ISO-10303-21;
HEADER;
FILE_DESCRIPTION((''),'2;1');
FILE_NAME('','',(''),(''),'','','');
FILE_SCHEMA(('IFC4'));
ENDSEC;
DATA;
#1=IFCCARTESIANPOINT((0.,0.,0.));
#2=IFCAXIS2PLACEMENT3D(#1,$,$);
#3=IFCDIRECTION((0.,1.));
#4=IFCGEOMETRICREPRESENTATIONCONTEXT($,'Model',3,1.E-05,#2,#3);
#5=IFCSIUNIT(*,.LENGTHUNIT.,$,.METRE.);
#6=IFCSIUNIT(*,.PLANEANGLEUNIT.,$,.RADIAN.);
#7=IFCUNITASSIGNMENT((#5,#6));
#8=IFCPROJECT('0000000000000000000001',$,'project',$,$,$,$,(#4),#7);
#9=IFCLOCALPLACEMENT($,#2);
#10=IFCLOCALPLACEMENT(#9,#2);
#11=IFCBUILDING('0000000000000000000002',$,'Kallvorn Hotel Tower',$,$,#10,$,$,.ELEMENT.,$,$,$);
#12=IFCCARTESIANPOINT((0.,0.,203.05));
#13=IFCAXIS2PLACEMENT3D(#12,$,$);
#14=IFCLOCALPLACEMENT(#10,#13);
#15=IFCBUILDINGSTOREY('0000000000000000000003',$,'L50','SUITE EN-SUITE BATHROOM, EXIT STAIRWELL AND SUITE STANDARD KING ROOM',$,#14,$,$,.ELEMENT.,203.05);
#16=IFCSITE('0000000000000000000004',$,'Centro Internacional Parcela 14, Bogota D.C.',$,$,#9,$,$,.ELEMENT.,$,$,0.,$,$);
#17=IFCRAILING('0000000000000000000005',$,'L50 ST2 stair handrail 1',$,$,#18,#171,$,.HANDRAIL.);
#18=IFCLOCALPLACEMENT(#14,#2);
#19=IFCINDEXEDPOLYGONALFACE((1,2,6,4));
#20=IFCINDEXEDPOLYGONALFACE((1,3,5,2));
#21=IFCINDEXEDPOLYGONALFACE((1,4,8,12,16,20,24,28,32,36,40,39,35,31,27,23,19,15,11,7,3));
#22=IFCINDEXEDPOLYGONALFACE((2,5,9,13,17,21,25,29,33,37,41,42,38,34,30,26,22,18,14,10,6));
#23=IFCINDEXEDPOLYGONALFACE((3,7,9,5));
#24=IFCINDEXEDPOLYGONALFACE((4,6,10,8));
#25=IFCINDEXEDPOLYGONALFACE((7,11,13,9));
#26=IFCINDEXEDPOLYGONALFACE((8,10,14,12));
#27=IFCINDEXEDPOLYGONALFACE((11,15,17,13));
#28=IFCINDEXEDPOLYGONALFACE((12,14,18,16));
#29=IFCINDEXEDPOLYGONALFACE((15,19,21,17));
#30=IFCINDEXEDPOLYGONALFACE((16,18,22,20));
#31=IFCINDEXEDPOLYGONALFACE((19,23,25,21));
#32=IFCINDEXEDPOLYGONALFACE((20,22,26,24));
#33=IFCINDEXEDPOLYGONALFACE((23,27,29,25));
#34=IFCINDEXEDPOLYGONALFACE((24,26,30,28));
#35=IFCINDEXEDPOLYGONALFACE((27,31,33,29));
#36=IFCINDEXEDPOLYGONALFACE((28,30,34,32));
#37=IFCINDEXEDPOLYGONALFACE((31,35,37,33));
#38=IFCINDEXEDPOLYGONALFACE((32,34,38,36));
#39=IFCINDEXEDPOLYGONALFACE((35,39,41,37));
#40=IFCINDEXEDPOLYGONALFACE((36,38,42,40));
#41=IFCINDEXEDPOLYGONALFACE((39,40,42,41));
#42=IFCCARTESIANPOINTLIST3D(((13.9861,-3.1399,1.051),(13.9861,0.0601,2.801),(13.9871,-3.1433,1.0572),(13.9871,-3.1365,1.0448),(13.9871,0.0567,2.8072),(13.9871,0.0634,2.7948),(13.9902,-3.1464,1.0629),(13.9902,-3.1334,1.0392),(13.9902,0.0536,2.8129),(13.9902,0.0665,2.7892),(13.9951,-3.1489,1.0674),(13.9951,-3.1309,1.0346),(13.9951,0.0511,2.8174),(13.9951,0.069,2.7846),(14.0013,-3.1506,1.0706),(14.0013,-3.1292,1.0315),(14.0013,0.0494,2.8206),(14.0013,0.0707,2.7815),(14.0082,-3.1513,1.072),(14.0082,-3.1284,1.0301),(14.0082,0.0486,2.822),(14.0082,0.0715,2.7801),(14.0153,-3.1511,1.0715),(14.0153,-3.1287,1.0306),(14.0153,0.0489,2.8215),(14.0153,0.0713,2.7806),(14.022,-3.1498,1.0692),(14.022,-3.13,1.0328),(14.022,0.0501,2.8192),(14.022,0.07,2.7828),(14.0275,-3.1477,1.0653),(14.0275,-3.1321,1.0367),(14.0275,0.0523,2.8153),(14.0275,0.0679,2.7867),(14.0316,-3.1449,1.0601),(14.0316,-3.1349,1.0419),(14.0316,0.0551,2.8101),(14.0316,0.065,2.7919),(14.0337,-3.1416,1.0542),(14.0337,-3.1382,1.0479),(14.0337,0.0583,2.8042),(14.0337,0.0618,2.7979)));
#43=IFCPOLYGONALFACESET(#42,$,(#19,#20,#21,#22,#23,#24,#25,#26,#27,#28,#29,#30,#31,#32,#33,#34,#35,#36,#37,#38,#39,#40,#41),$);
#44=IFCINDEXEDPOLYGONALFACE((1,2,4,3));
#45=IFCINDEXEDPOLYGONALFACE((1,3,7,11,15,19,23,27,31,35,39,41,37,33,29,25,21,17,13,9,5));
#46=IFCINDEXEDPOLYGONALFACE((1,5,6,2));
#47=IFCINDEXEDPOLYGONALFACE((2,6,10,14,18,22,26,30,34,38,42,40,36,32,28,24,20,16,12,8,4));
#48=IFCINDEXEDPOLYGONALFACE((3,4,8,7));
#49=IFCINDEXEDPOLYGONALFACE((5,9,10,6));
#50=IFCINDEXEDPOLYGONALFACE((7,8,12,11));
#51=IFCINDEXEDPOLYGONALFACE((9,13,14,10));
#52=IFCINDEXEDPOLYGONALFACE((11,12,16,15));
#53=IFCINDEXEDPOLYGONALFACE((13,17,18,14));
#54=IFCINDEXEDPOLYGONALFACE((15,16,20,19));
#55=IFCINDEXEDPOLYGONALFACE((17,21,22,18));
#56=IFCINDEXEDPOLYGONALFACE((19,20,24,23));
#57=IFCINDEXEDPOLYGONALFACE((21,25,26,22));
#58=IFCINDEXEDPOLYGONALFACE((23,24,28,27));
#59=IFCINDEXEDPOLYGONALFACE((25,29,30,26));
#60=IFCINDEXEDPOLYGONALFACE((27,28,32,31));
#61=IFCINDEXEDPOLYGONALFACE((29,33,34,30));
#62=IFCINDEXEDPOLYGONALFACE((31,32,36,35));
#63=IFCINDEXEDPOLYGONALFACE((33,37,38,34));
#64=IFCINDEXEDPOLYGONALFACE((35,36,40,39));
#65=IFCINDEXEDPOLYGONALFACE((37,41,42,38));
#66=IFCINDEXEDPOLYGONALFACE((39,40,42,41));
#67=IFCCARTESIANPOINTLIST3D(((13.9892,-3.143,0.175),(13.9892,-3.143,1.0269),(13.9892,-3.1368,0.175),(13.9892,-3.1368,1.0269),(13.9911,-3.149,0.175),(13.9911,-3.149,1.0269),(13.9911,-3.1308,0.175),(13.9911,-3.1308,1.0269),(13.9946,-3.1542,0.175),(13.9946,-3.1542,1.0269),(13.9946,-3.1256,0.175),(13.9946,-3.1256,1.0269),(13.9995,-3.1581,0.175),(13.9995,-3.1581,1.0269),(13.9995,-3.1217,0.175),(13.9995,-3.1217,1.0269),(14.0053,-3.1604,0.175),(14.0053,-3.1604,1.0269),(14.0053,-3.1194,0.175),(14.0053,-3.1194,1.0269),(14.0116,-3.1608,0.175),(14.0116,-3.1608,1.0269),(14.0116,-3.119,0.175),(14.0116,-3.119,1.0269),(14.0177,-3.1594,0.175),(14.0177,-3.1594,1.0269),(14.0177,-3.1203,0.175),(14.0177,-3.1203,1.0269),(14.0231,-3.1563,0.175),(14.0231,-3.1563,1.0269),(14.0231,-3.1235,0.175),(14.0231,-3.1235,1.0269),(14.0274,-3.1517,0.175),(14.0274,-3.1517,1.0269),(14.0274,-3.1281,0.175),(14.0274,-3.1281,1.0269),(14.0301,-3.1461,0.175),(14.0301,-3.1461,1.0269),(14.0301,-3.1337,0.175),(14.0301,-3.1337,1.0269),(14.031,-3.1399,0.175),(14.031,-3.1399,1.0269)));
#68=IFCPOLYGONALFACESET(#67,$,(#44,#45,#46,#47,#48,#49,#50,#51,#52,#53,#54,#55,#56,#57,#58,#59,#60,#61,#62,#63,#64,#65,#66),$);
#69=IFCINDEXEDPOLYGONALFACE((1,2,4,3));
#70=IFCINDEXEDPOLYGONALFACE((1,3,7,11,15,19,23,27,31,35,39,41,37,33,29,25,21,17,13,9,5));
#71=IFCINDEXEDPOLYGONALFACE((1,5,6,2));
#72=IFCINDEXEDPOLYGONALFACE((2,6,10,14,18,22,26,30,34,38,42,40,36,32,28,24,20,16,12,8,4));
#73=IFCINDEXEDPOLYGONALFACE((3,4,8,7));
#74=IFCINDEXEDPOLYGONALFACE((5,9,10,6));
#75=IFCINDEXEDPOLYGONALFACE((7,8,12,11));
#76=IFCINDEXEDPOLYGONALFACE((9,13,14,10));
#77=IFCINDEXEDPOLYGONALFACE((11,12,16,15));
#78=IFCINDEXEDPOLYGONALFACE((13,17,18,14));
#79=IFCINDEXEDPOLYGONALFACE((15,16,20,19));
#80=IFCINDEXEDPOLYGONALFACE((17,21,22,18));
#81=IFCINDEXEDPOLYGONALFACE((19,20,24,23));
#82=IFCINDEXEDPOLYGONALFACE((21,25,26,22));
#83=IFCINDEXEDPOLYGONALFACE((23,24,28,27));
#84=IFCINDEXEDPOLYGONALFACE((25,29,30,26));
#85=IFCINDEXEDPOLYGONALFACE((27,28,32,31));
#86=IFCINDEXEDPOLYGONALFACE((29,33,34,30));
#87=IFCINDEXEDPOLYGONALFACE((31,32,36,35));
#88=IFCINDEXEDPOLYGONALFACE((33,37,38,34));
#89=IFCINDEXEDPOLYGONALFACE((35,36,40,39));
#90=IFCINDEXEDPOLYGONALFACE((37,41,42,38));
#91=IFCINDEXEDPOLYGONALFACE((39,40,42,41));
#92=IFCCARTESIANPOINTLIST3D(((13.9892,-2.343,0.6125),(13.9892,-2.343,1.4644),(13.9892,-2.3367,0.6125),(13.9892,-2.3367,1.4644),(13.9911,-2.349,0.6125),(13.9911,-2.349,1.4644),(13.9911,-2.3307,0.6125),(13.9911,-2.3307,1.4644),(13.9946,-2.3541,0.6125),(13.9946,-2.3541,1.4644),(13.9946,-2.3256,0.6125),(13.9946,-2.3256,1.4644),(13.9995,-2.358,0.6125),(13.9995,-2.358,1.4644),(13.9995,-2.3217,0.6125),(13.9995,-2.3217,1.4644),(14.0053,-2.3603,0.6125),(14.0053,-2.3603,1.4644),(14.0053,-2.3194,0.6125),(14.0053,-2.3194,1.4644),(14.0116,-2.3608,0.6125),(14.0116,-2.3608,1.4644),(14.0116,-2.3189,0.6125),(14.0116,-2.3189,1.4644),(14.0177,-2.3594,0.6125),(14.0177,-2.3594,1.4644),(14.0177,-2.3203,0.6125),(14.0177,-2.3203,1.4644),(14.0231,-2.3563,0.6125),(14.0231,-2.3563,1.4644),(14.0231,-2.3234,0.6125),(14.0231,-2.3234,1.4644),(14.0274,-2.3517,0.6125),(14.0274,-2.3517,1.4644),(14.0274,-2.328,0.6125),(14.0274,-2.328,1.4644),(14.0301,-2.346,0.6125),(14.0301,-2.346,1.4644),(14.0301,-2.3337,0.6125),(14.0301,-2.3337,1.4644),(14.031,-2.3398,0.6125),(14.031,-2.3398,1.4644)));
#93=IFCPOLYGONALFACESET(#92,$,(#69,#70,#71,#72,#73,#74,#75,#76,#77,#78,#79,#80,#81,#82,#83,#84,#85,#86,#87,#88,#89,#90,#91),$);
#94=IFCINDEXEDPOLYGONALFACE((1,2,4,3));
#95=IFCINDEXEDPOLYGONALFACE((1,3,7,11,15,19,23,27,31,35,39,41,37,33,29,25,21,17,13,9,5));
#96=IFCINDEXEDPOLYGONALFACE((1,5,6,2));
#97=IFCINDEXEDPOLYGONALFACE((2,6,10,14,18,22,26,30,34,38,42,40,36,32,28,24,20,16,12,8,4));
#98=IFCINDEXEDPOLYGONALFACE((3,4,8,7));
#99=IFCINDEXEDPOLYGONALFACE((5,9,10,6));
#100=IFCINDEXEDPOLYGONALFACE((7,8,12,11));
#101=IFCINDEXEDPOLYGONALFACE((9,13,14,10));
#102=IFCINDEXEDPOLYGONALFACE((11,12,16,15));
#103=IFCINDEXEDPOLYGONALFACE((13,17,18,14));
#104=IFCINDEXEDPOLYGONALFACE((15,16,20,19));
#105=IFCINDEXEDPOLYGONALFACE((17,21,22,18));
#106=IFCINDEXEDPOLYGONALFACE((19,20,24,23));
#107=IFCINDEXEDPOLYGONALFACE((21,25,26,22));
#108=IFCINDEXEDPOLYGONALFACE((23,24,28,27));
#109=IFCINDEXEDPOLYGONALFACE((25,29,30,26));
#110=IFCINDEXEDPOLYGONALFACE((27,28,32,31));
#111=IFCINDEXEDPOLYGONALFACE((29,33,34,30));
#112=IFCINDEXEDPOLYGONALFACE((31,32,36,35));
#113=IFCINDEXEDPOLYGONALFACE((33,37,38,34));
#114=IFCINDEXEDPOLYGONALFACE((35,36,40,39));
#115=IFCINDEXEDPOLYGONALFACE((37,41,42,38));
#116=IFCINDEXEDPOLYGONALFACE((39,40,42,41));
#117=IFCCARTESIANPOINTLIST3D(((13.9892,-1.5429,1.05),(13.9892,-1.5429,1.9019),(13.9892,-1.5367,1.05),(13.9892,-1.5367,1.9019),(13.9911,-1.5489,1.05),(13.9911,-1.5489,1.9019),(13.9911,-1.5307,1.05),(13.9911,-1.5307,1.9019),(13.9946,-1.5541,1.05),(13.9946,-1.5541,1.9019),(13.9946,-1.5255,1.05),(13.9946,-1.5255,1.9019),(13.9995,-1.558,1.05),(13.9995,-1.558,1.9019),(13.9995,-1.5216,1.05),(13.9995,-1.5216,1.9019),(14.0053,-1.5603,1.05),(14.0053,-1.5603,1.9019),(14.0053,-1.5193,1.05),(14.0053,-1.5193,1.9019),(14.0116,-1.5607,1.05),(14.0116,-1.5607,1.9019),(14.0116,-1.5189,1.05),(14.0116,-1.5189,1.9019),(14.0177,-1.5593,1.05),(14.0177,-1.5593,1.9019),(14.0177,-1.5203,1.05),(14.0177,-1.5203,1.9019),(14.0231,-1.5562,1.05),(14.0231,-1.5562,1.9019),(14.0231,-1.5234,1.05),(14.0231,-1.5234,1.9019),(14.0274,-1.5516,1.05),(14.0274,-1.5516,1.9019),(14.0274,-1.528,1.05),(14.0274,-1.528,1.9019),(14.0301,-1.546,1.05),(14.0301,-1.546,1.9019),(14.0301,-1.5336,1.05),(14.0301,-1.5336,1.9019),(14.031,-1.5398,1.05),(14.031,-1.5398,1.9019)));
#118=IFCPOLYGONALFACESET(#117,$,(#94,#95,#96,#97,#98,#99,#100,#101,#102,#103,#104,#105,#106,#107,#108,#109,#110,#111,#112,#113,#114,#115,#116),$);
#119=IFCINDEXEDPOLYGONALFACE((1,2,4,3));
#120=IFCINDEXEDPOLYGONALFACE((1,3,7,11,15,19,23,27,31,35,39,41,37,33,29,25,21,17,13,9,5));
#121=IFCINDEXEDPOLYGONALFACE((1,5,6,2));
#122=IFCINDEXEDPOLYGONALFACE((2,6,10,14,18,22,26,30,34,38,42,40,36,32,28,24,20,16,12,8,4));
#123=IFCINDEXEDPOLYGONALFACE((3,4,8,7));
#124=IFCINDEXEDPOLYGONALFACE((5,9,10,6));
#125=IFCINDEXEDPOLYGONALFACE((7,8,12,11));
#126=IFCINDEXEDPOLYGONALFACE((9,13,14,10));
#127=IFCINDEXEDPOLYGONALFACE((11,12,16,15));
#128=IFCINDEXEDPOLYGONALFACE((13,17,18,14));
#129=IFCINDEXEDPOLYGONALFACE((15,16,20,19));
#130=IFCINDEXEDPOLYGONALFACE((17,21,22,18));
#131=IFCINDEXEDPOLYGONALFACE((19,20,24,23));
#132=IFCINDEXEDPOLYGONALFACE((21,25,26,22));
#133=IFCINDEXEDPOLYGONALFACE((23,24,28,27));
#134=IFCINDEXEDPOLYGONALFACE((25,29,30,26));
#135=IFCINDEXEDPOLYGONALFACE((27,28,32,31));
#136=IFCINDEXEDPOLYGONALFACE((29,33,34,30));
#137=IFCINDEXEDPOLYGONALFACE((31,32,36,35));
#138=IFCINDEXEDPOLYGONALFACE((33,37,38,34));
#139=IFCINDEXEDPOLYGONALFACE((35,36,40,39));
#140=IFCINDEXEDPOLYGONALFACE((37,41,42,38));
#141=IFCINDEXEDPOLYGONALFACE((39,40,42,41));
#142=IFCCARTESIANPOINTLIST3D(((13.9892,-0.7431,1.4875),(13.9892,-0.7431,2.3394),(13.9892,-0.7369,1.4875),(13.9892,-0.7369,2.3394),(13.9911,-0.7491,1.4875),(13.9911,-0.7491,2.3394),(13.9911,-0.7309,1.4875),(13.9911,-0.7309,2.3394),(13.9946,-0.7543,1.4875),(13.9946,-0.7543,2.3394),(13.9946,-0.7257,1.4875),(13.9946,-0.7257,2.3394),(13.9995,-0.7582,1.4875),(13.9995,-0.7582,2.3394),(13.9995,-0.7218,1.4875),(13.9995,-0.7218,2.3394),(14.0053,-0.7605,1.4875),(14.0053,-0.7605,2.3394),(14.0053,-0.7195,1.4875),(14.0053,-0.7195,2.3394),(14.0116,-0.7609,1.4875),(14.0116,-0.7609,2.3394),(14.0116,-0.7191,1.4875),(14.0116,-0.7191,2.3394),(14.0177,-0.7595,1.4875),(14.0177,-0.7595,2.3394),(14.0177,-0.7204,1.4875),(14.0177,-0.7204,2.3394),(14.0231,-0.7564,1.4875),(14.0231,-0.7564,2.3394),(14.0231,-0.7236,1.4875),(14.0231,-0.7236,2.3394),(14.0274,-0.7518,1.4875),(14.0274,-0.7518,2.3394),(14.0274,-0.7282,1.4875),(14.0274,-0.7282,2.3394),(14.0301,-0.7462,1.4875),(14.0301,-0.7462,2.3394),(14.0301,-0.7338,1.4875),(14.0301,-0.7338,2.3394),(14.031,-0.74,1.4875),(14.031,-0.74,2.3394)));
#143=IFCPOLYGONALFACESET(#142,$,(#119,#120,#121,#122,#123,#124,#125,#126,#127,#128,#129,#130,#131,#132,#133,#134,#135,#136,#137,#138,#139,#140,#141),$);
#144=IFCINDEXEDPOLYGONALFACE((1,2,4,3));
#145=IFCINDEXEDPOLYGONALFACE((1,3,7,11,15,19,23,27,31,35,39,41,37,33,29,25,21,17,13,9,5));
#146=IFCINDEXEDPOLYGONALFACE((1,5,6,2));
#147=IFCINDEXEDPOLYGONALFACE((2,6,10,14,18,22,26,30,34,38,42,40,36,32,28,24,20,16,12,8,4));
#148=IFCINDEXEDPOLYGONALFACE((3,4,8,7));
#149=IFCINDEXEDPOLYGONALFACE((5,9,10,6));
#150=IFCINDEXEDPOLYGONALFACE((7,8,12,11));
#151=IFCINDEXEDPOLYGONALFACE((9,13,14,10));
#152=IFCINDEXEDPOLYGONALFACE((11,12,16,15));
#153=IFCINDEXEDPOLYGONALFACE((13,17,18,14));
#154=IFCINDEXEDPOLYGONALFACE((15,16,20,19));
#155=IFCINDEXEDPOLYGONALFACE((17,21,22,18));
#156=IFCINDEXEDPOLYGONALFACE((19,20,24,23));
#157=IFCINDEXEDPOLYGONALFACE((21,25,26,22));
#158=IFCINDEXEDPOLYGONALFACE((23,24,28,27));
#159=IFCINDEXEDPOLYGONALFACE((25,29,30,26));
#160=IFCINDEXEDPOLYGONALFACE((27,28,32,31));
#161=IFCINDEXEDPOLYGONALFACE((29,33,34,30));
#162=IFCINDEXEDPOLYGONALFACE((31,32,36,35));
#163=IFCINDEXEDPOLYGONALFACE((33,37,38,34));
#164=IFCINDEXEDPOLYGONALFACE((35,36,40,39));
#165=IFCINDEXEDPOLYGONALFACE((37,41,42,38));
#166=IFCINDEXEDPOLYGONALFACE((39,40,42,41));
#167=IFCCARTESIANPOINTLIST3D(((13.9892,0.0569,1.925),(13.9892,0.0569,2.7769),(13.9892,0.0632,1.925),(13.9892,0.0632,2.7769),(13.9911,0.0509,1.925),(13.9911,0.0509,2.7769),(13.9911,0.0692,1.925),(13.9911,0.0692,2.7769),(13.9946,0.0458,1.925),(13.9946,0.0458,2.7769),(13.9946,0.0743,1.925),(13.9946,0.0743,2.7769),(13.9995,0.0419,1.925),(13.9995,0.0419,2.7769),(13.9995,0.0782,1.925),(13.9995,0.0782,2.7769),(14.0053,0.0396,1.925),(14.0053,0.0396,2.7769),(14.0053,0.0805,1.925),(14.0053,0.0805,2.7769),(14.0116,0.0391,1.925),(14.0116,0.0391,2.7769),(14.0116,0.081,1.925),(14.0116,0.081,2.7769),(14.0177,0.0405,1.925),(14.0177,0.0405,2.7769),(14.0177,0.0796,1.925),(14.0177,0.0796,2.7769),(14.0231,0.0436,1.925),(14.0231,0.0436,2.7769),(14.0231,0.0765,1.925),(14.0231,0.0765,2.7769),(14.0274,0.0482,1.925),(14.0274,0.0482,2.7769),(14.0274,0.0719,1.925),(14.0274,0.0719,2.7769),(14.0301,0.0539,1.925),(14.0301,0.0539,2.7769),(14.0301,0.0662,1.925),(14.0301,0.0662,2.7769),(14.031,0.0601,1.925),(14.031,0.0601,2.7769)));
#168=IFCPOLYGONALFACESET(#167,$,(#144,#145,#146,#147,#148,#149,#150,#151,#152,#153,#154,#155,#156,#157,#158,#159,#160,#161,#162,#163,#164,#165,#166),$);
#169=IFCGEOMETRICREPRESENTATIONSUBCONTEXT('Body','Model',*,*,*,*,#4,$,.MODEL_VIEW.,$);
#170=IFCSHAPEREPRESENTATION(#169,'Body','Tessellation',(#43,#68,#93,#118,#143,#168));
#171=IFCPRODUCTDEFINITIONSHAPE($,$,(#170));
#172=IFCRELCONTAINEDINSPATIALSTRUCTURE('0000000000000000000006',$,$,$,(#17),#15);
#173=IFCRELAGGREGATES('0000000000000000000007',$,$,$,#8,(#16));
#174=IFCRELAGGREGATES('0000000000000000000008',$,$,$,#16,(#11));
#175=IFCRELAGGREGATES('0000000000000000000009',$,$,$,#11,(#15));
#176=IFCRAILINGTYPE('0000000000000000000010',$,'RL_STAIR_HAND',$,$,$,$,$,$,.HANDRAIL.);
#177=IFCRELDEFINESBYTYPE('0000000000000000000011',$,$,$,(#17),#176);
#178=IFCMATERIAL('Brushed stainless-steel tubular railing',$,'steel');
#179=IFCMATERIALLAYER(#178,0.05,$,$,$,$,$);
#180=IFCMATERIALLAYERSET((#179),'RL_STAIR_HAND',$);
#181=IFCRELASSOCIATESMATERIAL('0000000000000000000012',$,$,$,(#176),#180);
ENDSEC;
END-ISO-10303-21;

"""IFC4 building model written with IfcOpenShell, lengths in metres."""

from ifc_helpers import new_model, si_unit, direction, frame, origin, origin_2d, place, context, subcontext, project, spatial, circle, extrude, material, layer, layer_set, type_object, element, save


model = new_model("IFC4")

# Units and contexts
model_context = context("Model", 3, precision=1e-05, world=origin(), true_north=direction((0.0, 1.0)))
body_context = subcontext(model_context, "Body", "Model", "MODEL_VIEW")
ifc_project = project(units=[si_unit("LENGTHUNIT", "METRE"), si_unit("PLANEANGLEUNIT", "RADIAN")], contexts=[model_context])

# Site, building, storey
site_placement = place(None, origin())
site = spatial("IfcSite", under=ifc_project, at=site_placement, Name="Centro Internacional Parcela 14, Bogota D.C.", CompositionType="ELEMENT", RefElevation=0.0)
building_placement = place(site_placement, origin())
building = spatial("IfcBuilding", under=site, at=building_placement, Name="Kallvorn Hotel Tower", CompositionType="ELEMENT")
storey_placement = place(building_placement, frame((0.0, 0.0, 203.05)))
storey = spatial("IfcBuildingStorey", under=building, at=storey_placement, Name="L50", Description="SUITE EN-SUITE BATHROOM, EXIT STAIRWELL AND SUITE STANDARD KING ROOM", CompositionType="ELEMENT", Elevation=203.05)

# Railing
ifc_material_1 = material(Name="Brushed stainless-steel tubular railing", Category="steel")
ifc_layer_1 = layer(ifc_material_1, 0.05)
ifc_layer_set_1 = layer_set([ifc_layer_1], Name="RL_STAIR_HAND")
railing_type_1 = type_object("IfcRailingType", Name="RL_STAIR_HAND", PredefinedType="HANDRAIL", material=ifc_layer_set_1)
railing_1_placement = place(storey_placement, frame((14.01, -3.1399, 0.175)))
element("IfcRailing", 1, at=railing_1_placement, inside=storey, type_object=railing_type_1, Name="L50 ST2 stair handrail 1", PredefinedType="HANDRAIL", context=body_context, shape_type="SweptSolid", body=[
    extrude(circle(Radius=0.0239, at=origin_2d()), frame((0.0, 0.0, 0.876), z_axis=(0.0, 0.877368, 0.479818), x_axis=(-1.0, 0.0, 0.0)), (0.0, 0.0, 1.0), 3.6472),
    extrude(circle(Radius=0.021, at=origin_2d()), origin(), (0.0, 0.0, 1.0), 0.8518),
    extrude(circle(Radius=0.021, at=origin_2d()), frame((0.0, 0.8, 0.4375)), (0.0, 0.0, 1.0), 0.8518),
    extrude(circle(Radius=0.021, at=origin_2d()), frame((0.0, 1.6001, 0.875)), (0.0, 0.0, 1.0), 0.8518),
    extrude(circle(Radius=0.021, at=origin_2d()), frame((0.0, 2.3999, 1.3125)), (0.0, 0.0, 1.0), 0.8518),
    extrude(circle(Radius=0.021, at=origin_2d()), frame((0.0, 3.2, 1.75)), (0.0, 0.0, 1.0), 0.8518),
])

save(model, "model.ifc")
